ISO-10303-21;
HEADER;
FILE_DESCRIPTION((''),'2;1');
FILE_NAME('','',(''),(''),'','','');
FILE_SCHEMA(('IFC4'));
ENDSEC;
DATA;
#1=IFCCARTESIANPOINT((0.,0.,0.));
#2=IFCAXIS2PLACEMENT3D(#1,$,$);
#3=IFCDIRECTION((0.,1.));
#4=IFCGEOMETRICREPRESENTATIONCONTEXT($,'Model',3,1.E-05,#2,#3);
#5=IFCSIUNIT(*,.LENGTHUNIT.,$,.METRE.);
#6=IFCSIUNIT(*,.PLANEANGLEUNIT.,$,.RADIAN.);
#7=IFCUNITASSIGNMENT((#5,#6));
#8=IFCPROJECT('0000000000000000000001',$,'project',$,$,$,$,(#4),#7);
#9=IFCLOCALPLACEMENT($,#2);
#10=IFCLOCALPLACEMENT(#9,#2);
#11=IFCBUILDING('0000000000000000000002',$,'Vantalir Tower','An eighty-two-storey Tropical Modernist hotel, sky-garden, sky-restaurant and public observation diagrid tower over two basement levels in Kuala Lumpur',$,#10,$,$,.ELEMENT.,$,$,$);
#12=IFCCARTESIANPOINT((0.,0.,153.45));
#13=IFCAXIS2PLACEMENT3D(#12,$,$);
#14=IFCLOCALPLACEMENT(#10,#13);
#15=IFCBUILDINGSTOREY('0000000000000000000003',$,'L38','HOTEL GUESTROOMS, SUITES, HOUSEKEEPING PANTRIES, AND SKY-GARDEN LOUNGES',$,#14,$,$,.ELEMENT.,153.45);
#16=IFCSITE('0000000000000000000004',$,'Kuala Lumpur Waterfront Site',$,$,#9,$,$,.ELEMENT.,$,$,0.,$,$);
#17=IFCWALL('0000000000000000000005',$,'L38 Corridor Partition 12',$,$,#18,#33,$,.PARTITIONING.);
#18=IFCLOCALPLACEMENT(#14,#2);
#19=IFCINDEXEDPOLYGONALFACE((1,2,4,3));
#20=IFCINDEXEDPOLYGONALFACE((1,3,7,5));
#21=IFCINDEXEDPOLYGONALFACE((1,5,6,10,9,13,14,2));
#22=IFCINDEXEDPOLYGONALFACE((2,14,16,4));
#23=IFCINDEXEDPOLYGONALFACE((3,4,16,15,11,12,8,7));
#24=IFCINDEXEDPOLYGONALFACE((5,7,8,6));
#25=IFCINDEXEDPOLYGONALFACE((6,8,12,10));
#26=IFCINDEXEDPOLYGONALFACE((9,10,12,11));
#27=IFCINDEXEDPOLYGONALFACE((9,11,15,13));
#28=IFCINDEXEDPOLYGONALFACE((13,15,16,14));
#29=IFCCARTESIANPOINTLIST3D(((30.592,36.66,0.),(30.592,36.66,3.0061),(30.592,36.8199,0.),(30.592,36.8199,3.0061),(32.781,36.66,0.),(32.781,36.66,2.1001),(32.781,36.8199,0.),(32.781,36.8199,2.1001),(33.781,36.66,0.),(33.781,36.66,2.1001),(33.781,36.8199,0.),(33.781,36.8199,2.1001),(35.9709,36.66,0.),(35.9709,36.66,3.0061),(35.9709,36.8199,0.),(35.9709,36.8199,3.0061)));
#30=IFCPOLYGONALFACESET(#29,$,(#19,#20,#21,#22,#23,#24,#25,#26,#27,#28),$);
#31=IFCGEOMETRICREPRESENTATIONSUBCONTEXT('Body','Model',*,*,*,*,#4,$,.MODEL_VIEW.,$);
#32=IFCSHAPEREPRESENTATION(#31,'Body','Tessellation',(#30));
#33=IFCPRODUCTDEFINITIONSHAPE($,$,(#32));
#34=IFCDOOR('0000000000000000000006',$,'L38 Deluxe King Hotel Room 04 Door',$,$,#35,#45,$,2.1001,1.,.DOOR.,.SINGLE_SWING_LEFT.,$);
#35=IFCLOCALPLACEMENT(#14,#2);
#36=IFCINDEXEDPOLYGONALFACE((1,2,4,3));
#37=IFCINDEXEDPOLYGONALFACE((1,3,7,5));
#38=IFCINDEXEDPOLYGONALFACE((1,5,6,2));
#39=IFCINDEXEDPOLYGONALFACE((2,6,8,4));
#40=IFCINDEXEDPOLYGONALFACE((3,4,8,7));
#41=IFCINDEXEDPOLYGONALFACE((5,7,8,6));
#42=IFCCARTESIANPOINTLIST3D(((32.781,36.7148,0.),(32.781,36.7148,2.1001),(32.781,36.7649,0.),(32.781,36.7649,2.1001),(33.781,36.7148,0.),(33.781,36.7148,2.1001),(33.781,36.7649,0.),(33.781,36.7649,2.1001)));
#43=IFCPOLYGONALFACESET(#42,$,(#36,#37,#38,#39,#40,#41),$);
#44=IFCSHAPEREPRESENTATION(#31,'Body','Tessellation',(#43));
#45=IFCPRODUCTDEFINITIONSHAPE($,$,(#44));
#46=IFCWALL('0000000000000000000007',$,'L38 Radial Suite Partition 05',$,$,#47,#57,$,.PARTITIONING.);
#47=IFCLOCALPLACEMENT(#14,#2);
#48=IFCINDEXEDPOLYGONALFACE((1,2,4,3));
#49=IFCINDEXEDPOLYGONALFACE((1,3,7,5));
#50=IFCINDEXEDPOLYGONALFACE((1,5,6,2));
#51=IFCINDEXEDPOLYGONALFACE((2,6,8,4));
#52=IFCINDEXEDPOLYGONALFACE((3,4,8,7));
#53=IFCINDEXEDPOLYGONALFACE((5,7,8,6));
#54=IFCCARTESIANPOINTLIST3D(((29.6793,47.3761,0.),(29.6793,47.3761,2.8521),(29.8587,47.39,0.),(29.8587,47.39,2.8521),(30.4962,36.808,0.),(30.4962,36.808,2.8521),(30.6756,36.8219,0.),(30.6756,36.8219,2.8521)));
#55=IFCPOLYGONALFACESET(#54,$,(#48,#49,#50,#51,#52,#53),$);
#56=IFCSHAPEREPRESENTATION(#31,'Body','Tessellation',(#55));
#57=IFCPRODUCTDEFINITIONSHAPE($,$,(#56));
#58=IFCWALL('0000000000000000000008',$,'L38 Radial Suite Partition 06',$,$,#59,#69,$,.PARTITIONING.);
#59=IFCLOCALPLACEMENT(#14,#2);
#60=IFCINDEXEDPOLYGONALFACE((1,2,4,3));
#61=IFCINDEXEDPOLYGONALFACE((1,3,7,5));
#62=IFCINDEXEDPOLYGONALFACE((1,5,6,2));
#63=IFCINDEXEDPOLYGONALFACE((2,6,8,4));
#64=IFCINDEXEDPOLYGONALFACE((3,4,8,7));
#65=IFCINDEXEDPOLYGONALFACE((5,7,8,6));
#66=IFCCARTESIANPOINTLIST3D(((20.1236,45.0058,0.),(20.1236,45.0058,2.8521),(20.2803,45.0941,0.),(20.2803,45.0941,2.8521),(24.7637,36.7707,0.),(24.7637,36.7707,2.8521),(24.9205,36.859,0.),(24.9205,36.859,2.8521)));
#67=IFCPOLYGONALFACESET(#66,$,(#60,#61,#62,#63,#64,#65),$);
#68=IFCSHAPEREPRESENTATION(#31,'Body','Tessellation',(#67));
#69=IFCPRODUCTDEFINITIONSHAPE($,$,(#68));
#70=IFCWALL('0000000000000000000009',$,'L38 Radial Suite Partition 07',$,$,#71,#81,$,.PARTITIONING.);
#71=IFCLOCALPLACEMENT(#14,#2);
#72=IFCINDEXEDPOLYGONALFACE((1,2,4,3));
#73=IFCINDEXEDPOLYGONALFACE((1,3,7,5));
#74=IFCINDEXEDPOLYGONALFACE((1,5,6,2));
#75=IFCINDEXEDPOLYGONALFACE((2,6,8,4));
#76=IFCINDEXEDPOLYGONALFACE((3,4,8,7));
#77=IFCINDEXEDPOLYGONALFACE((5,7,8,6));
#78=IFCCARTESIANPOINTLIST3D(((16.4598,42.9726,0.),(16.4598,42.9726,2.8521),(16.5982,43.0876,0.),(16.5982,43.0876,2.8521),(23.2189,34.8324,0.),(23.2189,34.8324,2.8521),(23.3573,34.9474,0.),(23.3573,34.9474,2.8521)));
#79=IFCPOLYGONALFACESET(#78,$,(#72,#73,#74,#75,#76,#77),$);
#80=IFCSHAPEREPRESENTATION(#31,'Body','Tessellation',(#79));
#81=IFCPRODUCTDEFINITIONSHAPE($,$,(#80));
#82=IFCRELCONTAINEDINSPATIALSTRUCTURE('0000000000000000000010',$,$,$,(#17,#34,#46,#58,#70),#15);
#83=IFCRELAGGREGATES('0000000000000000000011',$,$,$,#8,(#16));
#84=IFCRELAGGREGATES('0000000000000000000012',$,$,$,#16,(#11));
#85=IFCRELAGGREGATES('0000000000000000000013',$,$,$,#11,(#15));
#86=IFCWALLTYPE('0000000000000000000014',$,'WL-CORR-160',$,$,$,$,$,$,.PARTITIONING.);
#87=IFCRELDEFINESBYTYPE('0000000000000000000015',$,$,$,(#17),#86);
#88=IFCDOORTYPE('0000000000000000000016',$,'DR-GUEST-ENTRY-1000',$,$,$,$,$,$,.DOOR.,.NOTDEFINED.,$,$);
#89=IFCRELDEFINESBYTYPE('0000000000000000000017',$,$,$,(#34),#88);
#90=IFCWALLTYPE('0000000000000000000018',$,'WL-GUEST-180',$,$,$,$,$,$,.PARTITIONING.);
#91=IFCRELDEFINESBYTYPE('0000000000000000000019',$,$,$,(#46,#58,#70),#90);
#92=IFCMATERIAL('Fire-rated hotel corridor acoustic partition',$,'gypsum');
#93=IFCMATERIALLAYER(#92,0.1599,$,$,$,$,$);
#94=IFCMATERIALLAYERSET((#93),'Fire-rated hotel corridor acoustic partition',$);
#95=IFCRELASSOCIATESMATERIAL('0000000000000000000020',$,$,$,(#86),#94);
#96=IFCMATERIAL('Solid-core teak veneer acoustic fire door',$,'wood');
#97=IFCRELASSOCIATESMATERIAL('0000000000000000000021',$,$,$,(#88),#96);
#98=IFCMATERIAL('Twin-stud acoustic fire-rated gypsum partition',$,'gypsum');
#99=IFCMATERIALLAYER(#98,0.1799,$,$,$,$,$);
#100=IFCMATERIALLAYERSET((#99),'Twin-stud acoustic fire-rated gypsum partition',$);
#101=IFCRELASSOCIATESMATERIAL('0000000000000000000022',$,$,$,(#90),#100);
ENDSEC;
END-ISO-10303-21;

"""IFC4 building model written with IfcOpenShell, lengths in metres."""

from ifc_helpers import new_model, si_unit, direction, frame, frame_2d, origin, place, context, subcontext, project, spatial, rectangle, extrude, material, layer, layer_set, type_object, element, fill, save


model = new_model("IFC4")

# Units and contexts
model_context = context("Model", 3, precision=1e-05, world=origin(), true_north=direction((0.0, 1.0)))
body_context = subcontext(model_context, "Body", "Model", "MODEL_VIEW")
ifc_project = project(units=[si_unit("LENGTHUNIT", "METRE"), si_unit("PLANEANGLEUNIT", "RADIAN")], contexts=[model_context])

# Site, building, storey
site_placement = place(None, origin())
site = spatial("IfcSite", under=ifc_project, at=site_placement, Name="Kuala Lumpur Waterfront Site", CompositionType="ELEMENT", RefElevation=0.0)
building_placement = place(site_placement, origin())
building = spatial("IfcBuilding", under=site, at=building_placement, Name="Vantalir Tower", Description="An eighty-two-storey Tropical Modernist hotel, sky-garden, sky-restaurant and public observation diagrid tower over two basement levels in Kuala Lumpur", CompositionType="ELEMENT")
storey_placement = place(building_placement, frame((0.0, 0.0, 153.45)))
storey = spatial("IfcBuildingStorey", under=building, at=storey_placement, Name="L38", Description="HOTEL GUESTROOMS, SUITES, HOUSEKEEPING PANTRIES, AND SKY-GARDEN LOUNGES", CompositionType="ELEMENT", Elevation=153.45)

# Shared definitions
ifc_material_1 = material(Name="Fire-rated hotel corridor acoustic partition", Category="gypsum")
ifc_layer_1 = layer(ifc_material_1, 0.1599)
ifc_layer_set_1 = layer_set([ifc_layer_1], Name="Fire-rated hotel corridor acoustic partition")
wall_type_1 = type_object("IfcWallType", Name="WL-CORR-160", PredefinedType="PARTITIONING", material=ifc_layer_set_1)

# Shared definitions
ifc_material_2 = material(Name="Solid-core teak veneer acoustic fire door", Category="wood")
door_type_1 = type_object("IfcDoorType", Name="DR-GUEST-ENTRY-1000", OperationType="NOTDEFINED", PredefinedType="DOOR", material=ifc_material_2)

# Wall, opening, door
wall_1_placement = place(storey_placement, frame((30.592, 36.74, 0.0), z_axis=(0.0, 0.0, 1.0), x_axis=(1.0, 0.0, 0.0)))
wall_1 = element("IfcWall", 1, at=wall_1_placement, inside=storey, type_object=wall_type_1, Name="L38 Corridor Partition 12", PredefinedType="PARTITIONING", context=body_context, shape_type="SweptSolid", body=[
    extrude(rectangle(XDim=5.3789, YDim=0.1599, at=frame_2d((2.6895, 0.0))), origin(), (0.0, 0.0, 1.0), 3.0061),
])
opening_1_placement = place(wall_1_placement, frame((2.189, 0.0, 0.0)))
opening_1 = element("IfcOpeningElement", 2, at=opening_1_placement, cuts=wall_1, PredefinedType="OPENING", context=body_context, shape_type="SweptSolid", body=[
    extrude(rectangle(XDim=1.0, YDim=2.1001, at=frame_2d((0.5, 1.05))), frame((0.0, 0.0898, 0.0), z_axis=(0.0, -1.0, 0.0), x_axis=(1.0, 0.0, 0.0)), (0.0, 0.0, 1.0), 0.1799),
])
door_1_placement = place(opening_1_placement, origin())
door_1 = element("IfcDoor", 3, at=door_1_placement, inside=storey, type_object=door_type_1, Name="L38 Deluxe King Hotel Room 04 Door", OperationType="SINGLE_SWING_LEFT", OverallHeight=2.1001, OverallWidth=1.0, PredefinedType="DOOR", context=body_context, shape_type="SweptSolid", body=[
    extrude(rectangle(XDim=1.0, YDim=2.1001, at=frame_2d((0.5, 1.05))), frame((0.0, 0.0249, 0.0), z_axis=(0.0, -1.0, 0.0), x_axis=(1.0, 0.0, 0.0)), (0.0, 0.0, 1.0), 0.05),
])
fill(opening_1, door_1)

# Walls
ifc_material_3 = material(Name="Twin-stud acoustic fire-rated gypsum partition", Category="gypsum")
ifc_layer_2 = layer(ifc_material_3, 0.1799)
ifc_layer_set_2 = layer_set([ifc_layer_2], Name="Twin-stud acoustic fire-rated gypsum partition")
wall_type_2 = type_object("IfcWallType", Name="WL-GUEST-180", PredefinedType="PARTITIONING", material=ifc_layer_set_2)
wall_2_placement = place(storey_placement, frame((30.5859, 36.8149, 0.0), z_axis=(0.0, 0.0, 1.0), x_axis=(-0.077068, 0.997026, 0.0)))
element("IfcWall", 4, at=wall_2_placement, inside=storey, type_object=wall_type_2, Name="L38 Radial Suite Partition 05", PredefinedType="PARTITIONING", context=body_context, shape_type="SweptSolid", body=[
    extrude(rectangle(XDim=10.5996, YDim=0.1799, at=frame_2d((5.2998, 0.0))), origin(), (0.0, 0.0, 1.0), 2.8521),
])
wall_3_placement = place(storey_placement, frame((24.842, 36.8149, 0.0), z_axis=(0.0, 0.0, 1.0), x_axis=(-0.490895, 0.871219, 0.0)))
element("IfcWall", 5, at=wall_3_placement, inside=storey, type_object=wall_type_2, Name="L38 Radial Suite Partition 06", PredefinedType="PARTITIONING", context=body_context, shape_type="SweptSolid", body=[
    extrude(rectangle(XDim=9.4524, YDim=0.1799, at=frame_2d((4.7261, 0.0))), origin(), (0.0, 0.0, 1.0), 2.8521),
])
wall_4_placement = place(storey_placement, frame((23.2881, 34.8899, 0.0), z_axis=(0.0, 0.0, 1.0), x_axis=(-0.638822, 0.769355, 0.0)))
element("IfcWall", 6, at=wall_4_placement, inside=storey, type_object=wall_type_2, Name="L38 Radial Suite Partition 07", PredefinedType="PARTITIONING", context=body_context, shape_type="SweptSolid", body=[
    extrude(rectangle(XDim=10.5806, YDim=0.1799, at=frame_2d((5.2903, 0.0))), origin(), (0.0, 0.0, 1.0), 2.8521),
])

save(model, "model.ifc")
